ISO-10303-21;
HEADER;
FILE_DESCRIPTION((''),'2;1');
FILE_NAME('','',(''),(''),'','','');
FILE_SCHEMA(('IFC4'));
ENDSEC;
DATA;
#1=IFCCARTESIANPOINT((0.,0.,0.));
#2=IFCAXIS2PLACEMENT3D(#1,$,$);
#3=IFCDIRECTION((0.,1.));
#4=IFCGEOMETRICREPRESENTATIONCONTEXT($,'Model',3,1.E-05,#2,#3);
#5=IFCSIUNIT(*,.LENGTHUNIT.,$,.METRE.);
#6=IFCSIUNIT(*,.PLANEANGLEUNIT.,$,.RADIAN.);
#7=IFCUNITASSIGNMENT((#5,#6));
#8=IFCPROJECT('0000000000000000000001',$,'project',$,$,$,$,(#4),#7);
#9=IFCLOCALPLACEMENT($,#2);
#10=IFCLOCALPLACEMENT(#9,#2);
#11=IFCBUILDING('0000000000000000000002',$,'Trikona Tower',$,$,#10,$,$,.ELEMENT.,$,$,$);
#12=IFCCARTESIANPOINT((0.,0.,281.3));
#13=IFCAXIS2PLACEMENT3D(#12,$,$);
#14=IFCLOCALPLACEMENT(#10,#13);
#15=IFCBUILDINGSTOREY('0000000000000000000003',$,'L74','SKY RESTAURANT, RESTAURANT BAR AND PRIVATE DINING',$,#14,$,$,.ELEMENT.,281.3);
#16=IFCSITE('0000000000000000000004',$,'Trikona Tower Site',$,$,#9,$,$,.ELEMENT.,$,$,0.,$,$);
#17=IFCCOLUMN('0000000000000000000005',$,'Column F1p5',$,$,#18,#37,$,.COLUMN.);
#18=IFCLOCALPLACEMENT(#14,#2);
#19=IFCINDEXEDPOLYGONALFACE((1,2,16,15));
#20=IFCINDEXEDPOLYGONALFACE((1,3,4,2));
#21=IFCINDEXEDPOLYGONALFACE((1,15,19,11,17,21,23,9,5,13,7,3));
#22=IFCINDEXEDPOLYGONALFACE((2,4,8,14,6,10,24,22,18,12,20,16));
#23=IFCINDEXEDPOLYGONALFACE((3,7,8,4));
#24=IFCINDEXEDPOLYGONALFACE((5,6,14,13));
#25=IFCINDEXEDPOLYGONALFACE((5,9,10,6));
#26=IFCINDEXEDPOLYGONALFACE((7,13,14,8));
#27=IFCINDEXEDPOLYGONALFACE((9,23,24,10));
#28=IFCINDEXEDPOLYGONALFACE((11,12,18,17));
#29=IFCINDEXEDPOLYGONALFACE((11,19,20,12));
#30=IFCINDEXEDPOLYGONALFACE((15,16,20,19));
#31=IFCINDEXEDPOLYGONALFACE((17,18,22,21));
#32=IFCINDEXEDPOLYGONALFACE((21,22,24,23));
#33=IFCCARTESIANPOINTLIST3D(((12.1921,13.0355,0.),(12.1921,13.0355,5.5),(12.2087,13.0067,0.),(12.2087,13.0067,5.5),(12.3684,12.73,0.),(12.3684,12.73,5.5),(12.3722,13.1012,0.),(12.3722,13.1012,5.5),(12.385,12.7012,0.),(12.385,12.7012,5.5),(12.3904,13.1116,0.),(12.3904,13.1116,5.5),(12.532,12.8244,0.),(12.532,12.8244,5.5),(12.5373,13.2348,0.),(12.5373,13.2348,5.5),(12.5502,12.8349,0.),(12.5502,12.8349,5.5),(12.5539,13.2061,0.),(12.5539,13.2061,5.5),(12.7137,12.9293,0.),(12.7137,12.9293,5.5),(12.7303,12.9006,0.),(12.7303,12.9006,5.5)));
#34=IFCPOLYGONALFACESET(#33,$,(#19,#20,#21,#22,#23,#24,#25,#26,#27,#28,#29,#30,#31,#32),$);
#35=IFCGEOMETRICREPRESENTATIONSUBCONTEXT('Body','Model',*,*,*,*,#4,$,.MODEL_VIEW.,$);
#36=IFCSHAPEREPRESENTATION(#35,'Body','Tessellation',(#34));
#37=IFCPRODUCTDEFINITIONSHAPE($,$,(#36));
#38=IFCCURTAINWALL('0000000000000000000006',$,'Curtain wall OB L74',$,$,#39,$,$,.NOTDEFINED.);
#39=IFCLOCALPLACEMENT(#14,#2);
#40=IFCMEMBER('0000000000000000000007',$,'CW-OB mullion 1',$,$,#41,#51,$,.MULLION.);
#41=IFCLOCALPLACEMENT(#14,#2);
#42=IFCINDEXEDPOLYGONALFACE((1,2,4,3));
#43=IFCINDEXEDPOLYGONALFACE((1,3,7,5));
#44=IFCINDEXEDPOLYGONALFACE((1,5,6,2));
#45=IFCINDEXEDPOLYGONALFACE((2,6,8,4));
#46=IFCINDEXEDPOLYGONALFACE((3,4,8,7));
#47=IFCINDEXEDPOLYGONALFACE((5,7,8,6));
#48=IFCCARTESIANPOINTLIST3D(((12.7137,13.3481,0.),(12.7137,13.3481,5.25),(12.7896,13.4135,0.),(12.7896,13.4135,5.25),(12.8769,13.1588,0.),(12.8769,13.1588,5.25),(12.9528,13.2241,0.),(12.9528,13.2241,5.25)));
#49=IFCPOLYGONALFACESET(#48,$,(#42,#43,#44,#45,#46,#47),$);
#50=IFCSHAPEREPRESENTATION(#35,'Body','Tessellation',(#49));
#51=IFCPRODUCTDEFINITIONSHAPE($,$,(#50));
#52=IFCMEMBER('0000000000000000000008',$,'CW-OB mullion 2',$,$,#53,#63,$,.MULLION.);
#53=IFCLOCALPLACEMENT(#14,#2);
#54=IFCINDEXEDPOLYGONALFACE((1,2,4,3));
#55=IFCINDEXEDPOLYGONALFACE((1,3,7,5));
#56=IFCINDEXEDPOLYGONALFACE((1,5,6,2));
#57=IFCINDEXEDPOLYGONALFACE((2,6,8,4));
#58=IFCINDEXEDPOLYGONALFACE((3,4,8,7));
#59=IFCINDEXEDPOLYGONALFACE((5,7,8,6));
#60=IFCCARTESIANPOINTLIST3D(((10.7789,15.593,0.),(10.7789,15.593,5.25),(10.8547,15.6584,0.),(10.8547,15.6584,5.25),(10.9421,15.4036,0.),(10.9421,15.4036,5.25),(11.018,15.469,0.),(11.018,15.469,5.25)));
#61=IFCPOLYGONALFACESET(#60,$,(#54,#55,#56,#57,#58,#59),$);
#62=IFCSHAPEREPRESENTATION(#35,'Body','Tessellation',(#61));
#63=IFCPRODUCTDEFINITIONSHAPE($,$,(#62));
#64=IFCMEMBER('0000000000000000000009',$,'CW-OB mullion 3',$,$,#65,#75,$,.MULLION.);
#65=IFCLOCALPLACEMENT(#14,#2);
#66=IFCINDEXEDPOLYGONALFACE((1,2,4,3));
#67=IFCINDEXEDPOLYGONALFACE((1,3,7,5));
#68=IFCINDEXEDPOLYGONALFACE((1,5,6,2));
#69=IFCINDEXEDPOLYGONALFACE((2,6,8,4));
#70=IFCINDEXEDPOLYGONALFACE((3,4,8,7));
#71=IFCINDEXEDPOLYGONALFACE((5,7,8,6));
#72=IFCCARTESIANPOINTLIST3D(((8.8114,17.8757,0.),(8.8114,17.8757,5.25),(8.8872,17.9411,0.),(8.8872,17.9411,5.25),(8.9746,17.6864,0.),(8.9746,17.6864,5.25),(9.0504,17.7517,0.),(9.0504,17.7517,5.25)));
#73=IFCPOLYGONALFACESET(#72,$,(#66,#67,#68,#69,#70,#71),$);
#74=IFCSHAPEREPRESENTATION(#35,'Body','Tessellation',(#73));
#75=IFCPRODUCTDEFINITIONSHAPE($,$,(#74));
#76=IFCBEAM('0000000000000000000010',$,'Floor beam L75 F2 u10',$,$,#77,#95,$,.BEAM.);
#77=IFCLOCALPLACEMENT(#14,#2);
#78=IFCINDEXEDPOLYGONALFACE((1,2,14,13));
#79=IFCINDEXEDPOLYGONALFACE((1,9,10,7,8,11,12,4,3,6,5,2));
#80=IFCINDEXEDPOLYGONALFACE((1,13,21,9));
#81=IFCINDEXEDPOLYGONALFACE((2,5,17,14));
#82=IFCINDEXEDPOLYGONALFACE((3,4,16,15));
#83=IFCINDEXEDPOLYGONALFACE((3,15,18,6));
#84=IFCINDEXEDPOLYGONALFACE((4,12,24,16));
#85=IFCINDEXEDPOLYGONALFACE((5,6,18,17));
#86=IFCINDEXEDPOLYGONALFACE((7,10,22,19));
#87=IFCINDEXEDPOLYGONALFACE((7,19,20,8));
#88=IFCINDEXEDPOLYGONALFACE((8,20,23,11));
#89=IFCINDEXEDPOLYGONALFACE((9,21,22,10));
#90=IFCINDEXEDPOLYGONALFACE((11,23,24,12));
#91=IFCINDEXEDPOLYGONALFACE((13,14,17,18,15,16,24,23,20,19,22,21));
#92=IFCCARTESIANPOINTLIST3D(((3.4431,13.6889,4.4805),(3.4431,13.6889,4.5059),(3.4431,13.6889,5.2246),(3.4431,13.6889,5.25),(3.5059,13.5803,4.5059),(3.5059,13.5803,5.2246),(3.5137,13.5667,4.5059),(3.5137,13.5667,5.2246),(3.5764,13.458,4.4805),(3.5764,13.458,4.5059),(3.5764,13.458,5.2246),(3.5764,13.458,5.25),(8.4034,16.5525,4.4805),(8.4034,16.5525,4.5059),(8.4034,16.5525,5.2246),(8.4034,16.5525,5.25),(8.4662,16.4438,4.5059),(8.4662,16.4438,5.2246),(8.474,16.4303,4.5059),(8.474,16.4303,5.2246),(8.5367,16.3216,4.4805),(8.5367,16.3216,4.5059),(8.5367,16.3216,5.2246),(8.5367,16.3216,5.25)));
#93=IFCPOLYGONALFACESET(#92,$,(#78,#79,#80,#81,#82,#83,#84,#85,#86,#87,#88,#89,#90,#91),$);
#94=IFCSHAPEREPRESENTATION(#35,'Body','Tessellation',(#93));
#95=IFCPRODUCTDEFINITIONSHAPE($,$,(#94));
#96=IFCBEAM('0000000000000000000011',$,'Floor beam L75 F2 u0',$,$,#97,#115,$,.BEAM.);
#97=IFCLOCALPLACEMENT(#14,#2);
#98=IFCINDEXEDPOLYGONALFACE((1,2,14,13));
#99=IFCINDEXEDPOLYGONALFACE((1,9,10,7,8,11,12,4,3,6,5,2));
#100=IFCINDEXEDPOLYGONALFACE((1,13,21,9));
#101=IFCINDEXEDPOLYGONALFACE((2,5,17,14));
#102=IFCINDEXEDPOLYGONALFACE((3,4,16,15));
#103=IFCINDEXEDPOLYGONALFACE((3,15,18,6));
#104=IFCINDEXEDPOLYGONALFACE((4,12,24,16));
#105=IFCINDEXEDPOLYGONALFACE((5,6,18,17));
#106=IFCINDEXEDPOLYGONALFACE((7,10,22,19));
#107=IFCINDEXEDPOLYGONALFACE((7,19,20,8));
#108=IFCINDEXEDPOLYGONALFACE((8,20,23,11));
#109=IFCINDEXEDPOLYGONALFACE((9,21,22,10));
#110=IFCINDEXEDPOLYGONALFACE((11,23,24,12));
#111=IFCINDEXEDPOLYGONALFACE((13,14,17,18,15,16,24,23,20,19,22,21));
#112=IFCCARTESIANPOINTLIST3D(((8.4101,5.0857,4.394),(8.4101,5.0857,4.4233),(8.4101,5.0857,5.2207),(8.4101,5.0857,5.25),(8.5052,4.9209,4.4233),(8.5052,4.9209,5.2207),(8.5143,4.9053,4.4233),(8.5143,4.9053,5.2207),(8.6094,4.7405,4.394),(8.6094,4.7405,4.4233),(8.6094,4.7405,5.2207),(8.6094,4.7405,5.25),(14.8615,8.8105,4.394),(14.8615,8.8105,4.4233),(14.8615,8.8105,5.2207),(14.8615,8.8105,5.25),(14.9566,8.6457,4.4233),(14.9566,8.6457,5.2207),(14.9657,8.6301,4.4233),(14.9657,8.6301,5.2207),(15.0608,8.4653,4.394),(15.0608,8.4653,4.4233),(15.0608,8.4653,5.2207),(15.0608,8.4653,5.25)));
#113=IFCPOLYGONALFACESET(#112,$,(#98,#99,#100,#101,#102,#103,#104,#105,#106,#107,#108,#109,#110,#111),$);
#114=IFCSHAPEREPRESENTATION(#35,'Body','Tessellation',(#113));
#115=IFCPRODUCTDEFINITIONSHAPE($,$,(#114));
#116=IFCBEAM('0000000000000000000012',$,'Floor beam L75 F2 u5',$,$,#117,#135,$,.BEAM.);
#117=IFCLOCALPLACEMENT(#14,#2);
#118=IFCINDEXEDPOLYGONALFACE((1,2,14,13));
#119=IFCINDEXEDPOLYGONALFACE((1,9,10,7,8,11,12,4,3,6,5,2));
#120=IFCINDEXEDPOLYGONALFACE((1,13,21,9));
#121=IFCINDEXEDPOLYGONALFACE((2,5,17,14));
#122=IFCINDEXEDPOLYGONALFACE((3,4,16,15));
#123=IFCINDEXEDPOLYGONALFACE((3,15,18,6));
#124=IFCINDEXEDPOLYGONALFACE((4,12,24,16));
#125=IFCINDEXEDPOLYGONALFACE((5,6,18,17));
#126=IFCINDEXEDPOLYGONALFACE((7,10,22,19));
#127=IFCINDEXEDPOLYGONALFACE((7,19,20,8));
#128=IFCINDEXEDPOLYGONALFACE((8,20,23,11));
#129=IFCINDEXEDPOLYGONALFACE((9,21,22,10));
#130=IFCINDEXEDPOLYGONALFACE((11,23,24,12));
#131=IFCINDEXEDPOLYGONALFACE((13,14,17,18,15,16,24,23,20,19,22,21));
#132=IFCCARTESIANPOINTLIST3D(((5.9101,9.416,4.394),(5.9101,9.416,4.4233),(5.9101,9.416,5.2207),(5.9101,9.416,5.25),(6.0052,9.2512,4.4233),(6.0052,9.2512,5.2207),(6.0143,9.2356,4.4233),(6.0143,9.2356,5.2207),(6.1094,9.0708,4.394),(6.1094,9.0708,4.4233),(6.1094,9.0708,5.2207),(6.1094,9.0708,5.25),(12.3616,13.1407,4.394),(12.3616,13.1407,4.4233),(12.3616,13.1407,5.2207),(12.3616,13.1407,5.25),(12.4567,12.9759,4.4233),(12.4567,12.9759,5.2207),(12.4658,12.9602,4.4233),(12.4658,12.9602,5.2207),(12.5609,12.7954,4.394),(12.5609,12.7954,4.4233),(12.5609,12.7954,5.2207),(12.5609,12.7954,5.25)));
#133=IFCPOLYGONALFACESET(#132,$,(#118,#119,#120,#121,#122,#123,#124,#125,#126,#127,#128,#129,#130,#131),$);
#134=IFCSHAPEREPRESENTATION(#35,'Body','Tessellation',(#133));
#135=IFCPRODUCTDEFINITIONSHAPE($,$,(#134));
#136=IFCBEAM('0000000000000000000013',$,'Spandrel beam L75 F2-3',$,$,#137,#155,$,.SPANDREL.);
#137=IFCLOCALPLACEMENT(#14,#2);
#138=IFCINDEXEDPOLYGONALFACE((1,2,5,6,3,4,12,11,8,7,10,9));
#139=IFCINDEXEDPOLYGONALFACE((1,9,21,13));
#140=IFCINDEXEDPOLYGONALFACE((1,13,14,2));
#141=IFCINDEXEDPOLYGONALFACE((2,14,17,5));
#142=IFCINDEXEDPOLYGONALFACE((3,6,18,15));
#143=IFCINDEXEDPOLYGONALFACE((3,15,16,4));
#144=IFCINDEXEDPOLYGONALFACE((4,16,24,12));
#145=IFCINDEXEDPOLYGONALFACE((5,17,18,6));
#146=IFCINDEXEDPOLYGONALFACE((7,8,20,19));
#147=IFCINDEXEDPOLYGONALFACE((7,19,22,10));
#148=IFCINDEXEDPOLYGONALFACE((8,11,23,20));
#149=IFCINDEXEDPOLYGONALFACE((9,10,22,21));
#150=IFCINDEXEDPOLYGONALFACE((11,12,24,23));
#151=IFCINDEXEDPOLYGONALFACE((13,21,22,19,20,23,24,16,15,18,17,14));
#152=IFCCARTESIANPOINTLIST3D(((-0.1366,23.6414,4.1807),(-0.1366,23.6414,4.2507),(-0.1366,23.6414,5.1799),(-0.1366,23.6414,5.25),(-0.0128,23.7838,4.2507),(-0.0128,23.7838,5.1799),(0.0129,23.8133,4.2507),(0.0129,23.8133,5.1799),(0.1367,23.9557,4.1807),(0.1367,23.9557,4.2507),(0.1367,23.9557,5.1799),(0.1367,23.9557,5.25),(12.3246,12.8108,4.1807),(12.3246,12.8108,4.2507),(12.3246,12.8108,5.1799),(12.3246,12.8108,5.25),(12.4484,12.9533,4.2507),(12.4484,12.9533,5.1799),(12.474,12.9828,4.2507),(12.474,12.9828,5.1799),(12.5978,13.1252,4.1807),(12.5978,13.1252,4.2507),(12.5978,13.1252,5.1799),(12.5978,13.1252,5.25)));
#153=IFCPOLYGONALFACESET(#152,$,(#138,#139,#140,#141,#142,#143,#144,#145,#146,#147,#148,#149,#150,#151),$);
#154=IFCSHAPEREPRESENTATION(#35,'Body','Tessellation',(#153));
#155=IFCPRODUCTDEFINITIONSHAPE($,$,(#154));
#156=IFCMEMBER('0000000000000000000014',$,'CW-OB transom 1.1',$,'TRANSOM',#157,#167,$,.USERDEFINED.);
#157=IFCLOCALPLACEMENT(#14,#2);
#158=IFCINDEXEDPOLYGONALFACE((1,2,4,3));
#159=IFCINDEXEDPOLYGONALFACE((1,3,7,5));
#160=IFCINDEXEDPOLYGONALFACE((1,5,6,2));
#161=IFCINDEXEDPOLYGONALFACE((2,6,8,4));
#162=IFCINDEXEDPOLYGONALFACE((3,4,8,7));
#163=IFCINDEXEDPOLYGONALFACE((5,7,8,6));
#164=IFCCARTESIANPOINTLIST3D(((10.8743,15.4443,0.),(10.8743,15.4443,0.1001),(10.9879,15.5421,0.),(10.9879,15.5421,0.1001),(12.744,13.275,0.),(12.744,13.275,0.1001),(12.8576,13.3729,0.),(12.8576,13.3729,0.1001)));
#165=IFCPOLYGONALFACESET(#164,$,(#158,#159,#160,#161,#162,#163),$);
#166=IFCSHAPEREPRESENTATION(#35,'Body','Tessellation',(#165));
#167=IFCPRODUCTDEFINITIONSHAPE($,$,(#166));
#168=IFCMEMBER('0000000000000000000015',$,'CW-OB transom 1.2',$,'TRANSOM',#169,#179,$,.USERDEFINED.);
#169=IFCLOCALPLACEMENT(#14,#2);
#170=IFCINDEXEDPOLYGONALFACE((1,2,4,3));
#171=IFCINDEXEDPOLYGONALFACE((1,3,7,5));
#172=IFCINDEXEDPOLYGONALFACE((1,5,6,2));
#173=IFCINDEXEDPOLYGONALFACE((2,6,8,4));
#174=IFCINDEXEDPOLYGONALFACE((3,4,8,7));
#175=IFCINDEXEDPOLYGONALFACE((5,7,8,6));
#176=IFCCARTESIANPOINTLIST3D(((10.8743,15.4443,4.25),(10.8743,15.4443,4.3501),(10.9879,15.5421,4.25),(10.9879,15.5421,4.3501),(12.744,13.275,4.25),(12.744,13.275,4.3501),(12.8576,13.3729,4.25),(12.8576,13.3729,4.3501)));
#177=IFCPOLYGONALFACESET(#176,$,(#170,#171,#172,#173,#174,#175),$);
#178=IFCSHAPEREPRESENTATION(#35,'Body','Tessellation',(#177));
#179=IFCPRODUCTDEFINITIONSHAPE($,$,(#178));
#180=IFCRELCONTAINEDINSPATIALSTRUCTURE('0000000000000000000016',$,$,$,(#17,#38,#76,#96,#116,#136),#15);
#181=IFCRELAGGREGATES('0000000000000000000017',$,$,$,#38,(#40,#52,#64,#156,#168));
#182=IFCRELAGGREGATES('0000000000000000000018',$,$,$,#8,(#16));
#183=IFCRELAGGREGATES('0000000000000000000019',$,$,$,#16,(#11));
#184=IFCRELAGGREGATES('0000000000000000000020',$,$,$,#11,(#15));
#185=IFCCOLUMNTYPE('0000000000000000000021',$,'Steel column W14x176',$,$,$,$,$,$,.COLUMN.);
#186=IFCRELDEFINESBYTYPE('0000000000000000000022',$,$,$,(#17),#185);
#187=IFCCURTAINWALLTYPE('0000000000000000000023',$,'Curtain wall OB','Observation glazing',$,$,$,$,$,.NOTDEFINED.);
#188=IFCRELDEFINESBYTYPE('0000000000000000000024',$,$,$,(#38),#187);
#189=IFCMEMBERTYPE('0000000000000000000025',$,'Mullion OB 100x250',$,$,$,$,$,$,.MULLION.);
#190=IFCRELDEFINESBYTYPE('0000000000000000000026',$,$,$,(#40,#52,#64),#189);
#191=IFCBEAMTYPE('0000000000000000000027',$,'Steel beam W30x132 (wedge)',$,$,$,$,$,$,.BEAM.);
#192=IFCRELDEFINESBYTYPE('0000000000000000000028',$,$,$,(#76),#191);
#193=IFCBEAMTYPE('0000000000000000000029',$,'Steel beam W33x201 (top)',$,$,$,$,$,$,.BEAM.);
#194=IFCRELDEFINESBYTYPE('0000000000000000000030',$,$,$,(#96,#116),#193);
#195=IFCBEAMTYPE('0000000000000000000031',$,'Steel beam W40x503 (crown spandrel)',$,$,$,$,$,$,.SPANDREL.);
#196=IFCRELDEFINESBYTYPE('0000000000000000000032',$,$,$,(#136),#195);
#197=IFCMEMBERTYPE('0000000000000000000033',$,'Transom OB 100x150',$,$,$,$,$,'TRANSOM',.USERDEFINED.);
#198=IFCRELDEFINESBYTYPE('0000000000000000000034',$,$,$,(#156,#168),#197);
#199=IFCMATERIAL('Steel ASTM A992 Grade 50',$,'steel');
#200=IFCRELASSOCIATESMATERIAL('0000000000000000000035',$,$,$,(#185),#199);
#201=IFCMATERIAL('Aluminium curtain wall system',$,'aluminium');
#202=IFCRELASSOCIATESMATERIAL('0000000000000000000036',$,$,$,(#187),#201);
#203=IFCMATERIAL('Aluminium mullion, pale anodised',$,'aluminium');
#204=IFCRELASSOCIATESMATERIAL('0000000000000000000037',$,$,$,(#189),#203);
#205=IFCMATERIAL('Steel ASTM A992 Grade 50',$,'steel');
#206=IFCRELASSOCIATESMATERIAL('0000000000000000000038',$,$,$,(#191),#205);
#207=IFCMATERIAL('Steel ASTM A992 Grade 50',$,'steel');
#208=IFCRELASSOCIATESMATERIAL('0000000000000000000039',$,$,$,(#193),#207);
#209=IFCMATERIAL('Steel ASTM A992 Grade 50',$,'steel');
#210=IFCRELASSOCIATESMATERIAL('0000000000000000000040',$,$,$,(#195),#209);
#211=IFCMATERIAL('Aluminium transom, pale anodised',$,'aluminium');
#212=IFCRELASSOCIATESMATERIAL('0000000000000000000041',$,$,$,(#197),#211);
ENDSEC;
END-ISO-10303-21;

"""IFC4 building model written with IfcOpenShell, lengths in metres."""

from ifc_helpers import new_model, si_unit, direction, frame, origin, origin_2d, place, context, subcontext, project, spatial, rectangle, i_section, extrude, material, material_profile, profile_set, type_object, element, aggregate, save


model = new_model("IFC4")

# Units and contexts
model_context = context("Model", 3, precision=1e-05, world=origin(), true_north=direction((0.0, 1.0)))
body_context = subcontext(model_context, "Body", "Model", "MODEL_VIEW")
ifc_project = project(units=[si_unit("LENGTHUNIT", "METRE"), si_unit("PLANEANGLEUNIT", "RADIAN")], contexts=[model_context])

# Site, building, storey
site_placement = place(None, origin())
site = spatial("IfcSite", under=ifc_project, at=site_placement, Name="Trikona Tower Site", CompositionType="ELEMENT", RefElevation=0.0)
building_placement = place(site_placement, origin())
building = spatial("IfcBuilding", under=site, at=building_placement, Name="Trikona Tower", CompositionType="ELEMENT")
storey_placement = place(building_placement, frame((0.0, 0.0, 281.3)))
storey = spatial("IfcBuildingStorey", under=building, at=storey_placement, Name="L74", Description="SKY RESTAURANT, RESTAURANT BAR AND PRIVATE DINING", CompositionType="ELEMENT", Elevation=281.3)

# Column
ifc_material_1 = material(Name="Steel ASTM A992 Grade 50", Category="steel")
ifc_material_profile_1 = material_profile(ifc_material_1, i_section(OverallWidth=0.3987, OverallDepth=0.386, WebThickness=0.021, FlangeThickness=0.0332, at=origin_2d()), Name="W14X176")
ifc_profile_set_1 = profile_set([ifc_material_profile_1], Name="Steel ASTM A992 Grade 50")
column_type = type_object("IfcColumnType", Name="Steel column W14x176", PredefinedType="COLUMN", material=ifc_profile_set_1)
column_placement = place(storey_placement, frame((12.4612, 12.968, 0.0), z_axis=(0.0, 0.0, 1.0), x_axis=(0.866025, 0.5, 0.0)))
element("IfcColumn", 1, at=column_placement, inside=storey, type_object=column_type, Name="Column F1p5", PredefinedType="COLUMN", context=body_context, shape_type="SweptSolid", body=[
    extrude(i_section(OverallWidth=0.3987, OverallDepth=0.386, WebThickness=0.021, FlangeThickness=0.0332, at=origin_2d()), origin(), (0.0, 0.0, 1.0), 5.5),
])

# Curtain wall, members
ifc_material_2 = material(Name="Aluminium curtain wall system", Category="aluminium")
curtain_wall_type = type_object("IfcCurtainWallType", Name="Curtain wall OB", Description="Observation glazing", PredefinedType="NOTDEFINED", material=ifc_material_2)
curtain_wall_placement = place(storey_placement, origin())
curtain_wall = element("IfcCurtainWall", 2, at=curtain_wall_placement, inside=storey, type_object=curtain_wall_type, Name="Curtain wall OB L74", PredefinedType="NOTDEFINED")
ifc_material_3 = material(Name="Aluminium mullion, pale anodised", Category="aluminium")
ifc_material_profile_2 = material_profile(ifc_material_3, rectangle(XDim=0.1001, YDim=0.25, at=origin_2d()), Name="MUL-OB")
ifc_profile_set_2 = profile_set([ifc_material_profile_2], Name="Aluminium mullion, pale anodised")
member_type_1 = type_object("IfcMemberType", Name="Mullion OB 100x250", PredefinedType="MULLION", material=ifc_profile_set_2)
member_1_placement = place(storey_placement, frame((12.8333, 13.2861, 0.0), z_axis=(0.0, 0.0, 1.0), x_axis=(-0.757475, -0.652864, 0.0)))
member_1 = element("IfcMember", 3, at=member_1_placement, type_object=member_type_1, Name="CW-OB mullion 1", PredefinedType="MULLION", context=body_context, shape_type="SweptSolid", body=[
    extrude(rectangle(XDim=0.1001, YDim=0.25, at=origin_2d()), origin(), (0.0, 0.0, 1.0), 5.25),
])
member_2_placement = place(storey_placement, frame((10.8984, 15.531, 0.0), z_axis=(0.0, 0.0, 1.0), x_axis=(-0.757475, -0.652864, 0.0)))
member_2 = element("IfcMember", 4, at=member_2_placement, type_object=member_type_1, Name="CW-OB mullion 2", PredefinedType="MULLION", context=body_context, shape_type="SweptSolid", body=[
    extrude(rectangle(XDim=0.1001, YDim=0.25, at=origin_2d()), origin(), (0.0, 0.0, 1.0), 5.25),
])
member_3_placement = place(storey_placement, frame((8.9309, 17.8137, 0.0), z_axis=(0.0, 0.0, 1.0), x_axis=(-0.757475, -0.652864, 0.0)))
member_3 = element("IfcMember", 5, at=member_3_placement, type_object=member_type_1, Name="CW-OB mullion 3", PredefinedType="MULLION", context=body_context, shape_type="SweptSolid", body=[
    extrude(rectangle(XDim=0.1001, YDim=0.25, at=origin_2d()), origin(), (0.0, 0.0, 1.0), 5.25),
])

# Beams
ifc_material_4 = material(Name="Steel ASTM A992 Grade 50", Category="steel")
ifc_material_profile_3 = material_profile(ifc_material_4, i_section(OverallWidth=0.2666, OverallDepth=0.7695, WebThickness=0.0156, FlangeThickness=0.0254, at=origin_2d()), Name="W30X132")
ifc_profile_set_3 = profile_set([ifc_material_profile_3], Name="Steel ASTM A992 Grade 50")
beam_type_1 = type_object("IfcBeamType", Name="Steel beam W30x132 (wedge)", PredefinedType="BEAM", material=ifc_profile_set_3)
beam_1_placement = place(storey_placement, frame((3.5098, 13.5735, 4.8652), z_axis=(0.866044, 0.499967, 0.0), x_axis=(-0.499967, 0.866044, 0.0)))
element("IfcBeam", 6, at=beam_1_placement, inside=storey, type_object=beam_type_1, Name="Floor beam L75 F2 u10", PredefinedType="BEAM", context=body_context, shape_type="SweptSolid", body=[
    extrude(i_section(OverallWidth=0.2666, OverallDepth=0.7695, WebThickness=0.0156, FlangeThickness=0.0254, at=origin_2d()), origin(), (0.0, 0.0, 1.0), 5.7275),
])
ifc_material_5 = material(Name="Steel ASTM A992 Grade 50", Category="steel")
ifc_material_profile_4 = material_profile(ifc_material_5, i_section(OverallWidth=0.3987, OverallDepth=0.856, WebThickness=0.0181, FlangeThickness=0.0293, at=origin_2d()), Name="W33X201")
ifc_profile_set_4 = profile_set([ifc_material_profile_4], Name="Steel ASTM A992 Grade 50")
beam_type_2 = type_object("IfcBeamType", Name="Steel beam W33x201 (top)", PredefinedType="BEAM", material=ifc_profile_set_4)
for number, where, z_axis, x_axis, name in (
    (7, (8.5098, 4.9131, 4.822), (0.866018, 0.500013, 0.0), (-0.500013, 0.866018, 0.0), "Floor beam L75 F2 u0"),
    (8, (6.0098, 9.2434, 4.822), (0.866032, 0.499988, 0.0), (-0.499988, 0.866032, 0.0), "Floor beam L75 F2 u5"),
):
    element("IfcBeam", number, at=place(storey_placement, frame(where, z_axis=z_axis, x_axis=x_axis)), inside=storey, type_object=beam_type_2, Name=name, PredefinedType="BEAM", context=body_context, shape_type="SweptSolid", body=[
        extrude(i_section(OverallWidth=0.3987, OverallDepth=0.856, WebThickness=0.0181, FlangeThickness=0.0293, at=origin_2d()), origin(), (0.0, 0.0, 1.0), 7.4495),
    ])
ifc_material_6 = material(Name="Steel ASTM A992 Grade 50", Category="steel")
ifc_material_profile_5 = material_profile(ifc_material_6, i_section(OverallWidth=0.4165, OverallDepth=1.0693, WebThickness=0.0391, FlangeThickness=0.0701, at=origin_2d()), Name="W40X503")
ifc_profile_set_5 = profile_set([ifc_material_profile_5], Name="Steel ASTM A992 Grade 50")
beam_type_3 = type_object("IfcBeamType", Name="Steel beam W40x503 (crown spandrel)", PredefinedType="SPANDREL", material=ifc_profile_set_5)
beam_2_placement = place(storey_placement, frame((12.4612, 12.968, 4.7153), z_axis=(-0.754763, 0.655998, 0.0), x_axis=(-0.655998, -0.754763, 0.0)))
element("IfcBeam", 9, at=beam_2_placement, inside=storey, type_object=beam_type_3, Name="Spandrel beam L75 F2-3", PredefinedType="SPANDREL", context=body_context, shape_type="SweptSolid", body=[
    extrude(i_section(OverallWidth=0.4165, OverallDepth=1.0693, WebThickness=0.0391, FlangeThickness=0.0701, at=origin_2d()), origin(), (0.0, 0.0, 1.0), 16.51),
])

# Members
ifc_material_7 = material(Name="Aluminium transom, pale anodised", Category="aluminium")
ifc_material_profile_6 = material_profile(ifc_material_7, rectangle(XDim=0.1499, YDim=0.1001, at=origin_2d()), Name="TRN-OB")
ifc_profile_set_6 = profile_set([ifc_material_profile_6], Name="Aluminium transom, pale anodised")
member_type_2 = type_object("IfcMemberType", Name="Transom OB 100x150", ElementType="TRANSOM", PredefinedType="USERDEFINED", material=ifc_profile_set_6)
member_4_placement = place(storey_placement, frame((12.8008, 13.324, 0.05), z_axis=(-0.652867, 0.757472, 0.0), x_axis=(-0.757472, -0.652867, 0.0)))
member_4 = element("IfcMember", 10, at=member_4_placement, type_object=member_type_2, Name="CW-OB transom 1.1", ObjectType="TRANSOM", PredefinedType="USERDEFINED", context=body_context, shape_type="SweptSolid", body=[
    extrude(rectangle(XDim=0.1499, YDim=0.1001, at=origin_2d()), origin(), (0.0, 0.0, 1.0), 2.8638),
])
member_5_placement = place(storey_placement, frame((12.8008, 13.324, 4.3), z_axis=(-0.652867, 0.757472, 0.0), x_axis=(-0.757472, -0.652867, 0.0)))
member_5 = element("IfcMember", 11, at=member_5_placement, type_object=member_type_2, Name="CW-OB transom 1.2", ObjectType="TRANSOM", PredefinedType="USERDEFINED", context=body_context, shape_type="SweptSolid", body=[
    extrude(rectangle(XDim=0.1499, YDim=0.1001, at=origin_2d()), origin(), (0.0, 0.0, 1.0), 2.8638),
])

aggregate(curtain_wall, [member_1, member_2, member_3, member_4, member_5])

save(model, "model.ifc")
